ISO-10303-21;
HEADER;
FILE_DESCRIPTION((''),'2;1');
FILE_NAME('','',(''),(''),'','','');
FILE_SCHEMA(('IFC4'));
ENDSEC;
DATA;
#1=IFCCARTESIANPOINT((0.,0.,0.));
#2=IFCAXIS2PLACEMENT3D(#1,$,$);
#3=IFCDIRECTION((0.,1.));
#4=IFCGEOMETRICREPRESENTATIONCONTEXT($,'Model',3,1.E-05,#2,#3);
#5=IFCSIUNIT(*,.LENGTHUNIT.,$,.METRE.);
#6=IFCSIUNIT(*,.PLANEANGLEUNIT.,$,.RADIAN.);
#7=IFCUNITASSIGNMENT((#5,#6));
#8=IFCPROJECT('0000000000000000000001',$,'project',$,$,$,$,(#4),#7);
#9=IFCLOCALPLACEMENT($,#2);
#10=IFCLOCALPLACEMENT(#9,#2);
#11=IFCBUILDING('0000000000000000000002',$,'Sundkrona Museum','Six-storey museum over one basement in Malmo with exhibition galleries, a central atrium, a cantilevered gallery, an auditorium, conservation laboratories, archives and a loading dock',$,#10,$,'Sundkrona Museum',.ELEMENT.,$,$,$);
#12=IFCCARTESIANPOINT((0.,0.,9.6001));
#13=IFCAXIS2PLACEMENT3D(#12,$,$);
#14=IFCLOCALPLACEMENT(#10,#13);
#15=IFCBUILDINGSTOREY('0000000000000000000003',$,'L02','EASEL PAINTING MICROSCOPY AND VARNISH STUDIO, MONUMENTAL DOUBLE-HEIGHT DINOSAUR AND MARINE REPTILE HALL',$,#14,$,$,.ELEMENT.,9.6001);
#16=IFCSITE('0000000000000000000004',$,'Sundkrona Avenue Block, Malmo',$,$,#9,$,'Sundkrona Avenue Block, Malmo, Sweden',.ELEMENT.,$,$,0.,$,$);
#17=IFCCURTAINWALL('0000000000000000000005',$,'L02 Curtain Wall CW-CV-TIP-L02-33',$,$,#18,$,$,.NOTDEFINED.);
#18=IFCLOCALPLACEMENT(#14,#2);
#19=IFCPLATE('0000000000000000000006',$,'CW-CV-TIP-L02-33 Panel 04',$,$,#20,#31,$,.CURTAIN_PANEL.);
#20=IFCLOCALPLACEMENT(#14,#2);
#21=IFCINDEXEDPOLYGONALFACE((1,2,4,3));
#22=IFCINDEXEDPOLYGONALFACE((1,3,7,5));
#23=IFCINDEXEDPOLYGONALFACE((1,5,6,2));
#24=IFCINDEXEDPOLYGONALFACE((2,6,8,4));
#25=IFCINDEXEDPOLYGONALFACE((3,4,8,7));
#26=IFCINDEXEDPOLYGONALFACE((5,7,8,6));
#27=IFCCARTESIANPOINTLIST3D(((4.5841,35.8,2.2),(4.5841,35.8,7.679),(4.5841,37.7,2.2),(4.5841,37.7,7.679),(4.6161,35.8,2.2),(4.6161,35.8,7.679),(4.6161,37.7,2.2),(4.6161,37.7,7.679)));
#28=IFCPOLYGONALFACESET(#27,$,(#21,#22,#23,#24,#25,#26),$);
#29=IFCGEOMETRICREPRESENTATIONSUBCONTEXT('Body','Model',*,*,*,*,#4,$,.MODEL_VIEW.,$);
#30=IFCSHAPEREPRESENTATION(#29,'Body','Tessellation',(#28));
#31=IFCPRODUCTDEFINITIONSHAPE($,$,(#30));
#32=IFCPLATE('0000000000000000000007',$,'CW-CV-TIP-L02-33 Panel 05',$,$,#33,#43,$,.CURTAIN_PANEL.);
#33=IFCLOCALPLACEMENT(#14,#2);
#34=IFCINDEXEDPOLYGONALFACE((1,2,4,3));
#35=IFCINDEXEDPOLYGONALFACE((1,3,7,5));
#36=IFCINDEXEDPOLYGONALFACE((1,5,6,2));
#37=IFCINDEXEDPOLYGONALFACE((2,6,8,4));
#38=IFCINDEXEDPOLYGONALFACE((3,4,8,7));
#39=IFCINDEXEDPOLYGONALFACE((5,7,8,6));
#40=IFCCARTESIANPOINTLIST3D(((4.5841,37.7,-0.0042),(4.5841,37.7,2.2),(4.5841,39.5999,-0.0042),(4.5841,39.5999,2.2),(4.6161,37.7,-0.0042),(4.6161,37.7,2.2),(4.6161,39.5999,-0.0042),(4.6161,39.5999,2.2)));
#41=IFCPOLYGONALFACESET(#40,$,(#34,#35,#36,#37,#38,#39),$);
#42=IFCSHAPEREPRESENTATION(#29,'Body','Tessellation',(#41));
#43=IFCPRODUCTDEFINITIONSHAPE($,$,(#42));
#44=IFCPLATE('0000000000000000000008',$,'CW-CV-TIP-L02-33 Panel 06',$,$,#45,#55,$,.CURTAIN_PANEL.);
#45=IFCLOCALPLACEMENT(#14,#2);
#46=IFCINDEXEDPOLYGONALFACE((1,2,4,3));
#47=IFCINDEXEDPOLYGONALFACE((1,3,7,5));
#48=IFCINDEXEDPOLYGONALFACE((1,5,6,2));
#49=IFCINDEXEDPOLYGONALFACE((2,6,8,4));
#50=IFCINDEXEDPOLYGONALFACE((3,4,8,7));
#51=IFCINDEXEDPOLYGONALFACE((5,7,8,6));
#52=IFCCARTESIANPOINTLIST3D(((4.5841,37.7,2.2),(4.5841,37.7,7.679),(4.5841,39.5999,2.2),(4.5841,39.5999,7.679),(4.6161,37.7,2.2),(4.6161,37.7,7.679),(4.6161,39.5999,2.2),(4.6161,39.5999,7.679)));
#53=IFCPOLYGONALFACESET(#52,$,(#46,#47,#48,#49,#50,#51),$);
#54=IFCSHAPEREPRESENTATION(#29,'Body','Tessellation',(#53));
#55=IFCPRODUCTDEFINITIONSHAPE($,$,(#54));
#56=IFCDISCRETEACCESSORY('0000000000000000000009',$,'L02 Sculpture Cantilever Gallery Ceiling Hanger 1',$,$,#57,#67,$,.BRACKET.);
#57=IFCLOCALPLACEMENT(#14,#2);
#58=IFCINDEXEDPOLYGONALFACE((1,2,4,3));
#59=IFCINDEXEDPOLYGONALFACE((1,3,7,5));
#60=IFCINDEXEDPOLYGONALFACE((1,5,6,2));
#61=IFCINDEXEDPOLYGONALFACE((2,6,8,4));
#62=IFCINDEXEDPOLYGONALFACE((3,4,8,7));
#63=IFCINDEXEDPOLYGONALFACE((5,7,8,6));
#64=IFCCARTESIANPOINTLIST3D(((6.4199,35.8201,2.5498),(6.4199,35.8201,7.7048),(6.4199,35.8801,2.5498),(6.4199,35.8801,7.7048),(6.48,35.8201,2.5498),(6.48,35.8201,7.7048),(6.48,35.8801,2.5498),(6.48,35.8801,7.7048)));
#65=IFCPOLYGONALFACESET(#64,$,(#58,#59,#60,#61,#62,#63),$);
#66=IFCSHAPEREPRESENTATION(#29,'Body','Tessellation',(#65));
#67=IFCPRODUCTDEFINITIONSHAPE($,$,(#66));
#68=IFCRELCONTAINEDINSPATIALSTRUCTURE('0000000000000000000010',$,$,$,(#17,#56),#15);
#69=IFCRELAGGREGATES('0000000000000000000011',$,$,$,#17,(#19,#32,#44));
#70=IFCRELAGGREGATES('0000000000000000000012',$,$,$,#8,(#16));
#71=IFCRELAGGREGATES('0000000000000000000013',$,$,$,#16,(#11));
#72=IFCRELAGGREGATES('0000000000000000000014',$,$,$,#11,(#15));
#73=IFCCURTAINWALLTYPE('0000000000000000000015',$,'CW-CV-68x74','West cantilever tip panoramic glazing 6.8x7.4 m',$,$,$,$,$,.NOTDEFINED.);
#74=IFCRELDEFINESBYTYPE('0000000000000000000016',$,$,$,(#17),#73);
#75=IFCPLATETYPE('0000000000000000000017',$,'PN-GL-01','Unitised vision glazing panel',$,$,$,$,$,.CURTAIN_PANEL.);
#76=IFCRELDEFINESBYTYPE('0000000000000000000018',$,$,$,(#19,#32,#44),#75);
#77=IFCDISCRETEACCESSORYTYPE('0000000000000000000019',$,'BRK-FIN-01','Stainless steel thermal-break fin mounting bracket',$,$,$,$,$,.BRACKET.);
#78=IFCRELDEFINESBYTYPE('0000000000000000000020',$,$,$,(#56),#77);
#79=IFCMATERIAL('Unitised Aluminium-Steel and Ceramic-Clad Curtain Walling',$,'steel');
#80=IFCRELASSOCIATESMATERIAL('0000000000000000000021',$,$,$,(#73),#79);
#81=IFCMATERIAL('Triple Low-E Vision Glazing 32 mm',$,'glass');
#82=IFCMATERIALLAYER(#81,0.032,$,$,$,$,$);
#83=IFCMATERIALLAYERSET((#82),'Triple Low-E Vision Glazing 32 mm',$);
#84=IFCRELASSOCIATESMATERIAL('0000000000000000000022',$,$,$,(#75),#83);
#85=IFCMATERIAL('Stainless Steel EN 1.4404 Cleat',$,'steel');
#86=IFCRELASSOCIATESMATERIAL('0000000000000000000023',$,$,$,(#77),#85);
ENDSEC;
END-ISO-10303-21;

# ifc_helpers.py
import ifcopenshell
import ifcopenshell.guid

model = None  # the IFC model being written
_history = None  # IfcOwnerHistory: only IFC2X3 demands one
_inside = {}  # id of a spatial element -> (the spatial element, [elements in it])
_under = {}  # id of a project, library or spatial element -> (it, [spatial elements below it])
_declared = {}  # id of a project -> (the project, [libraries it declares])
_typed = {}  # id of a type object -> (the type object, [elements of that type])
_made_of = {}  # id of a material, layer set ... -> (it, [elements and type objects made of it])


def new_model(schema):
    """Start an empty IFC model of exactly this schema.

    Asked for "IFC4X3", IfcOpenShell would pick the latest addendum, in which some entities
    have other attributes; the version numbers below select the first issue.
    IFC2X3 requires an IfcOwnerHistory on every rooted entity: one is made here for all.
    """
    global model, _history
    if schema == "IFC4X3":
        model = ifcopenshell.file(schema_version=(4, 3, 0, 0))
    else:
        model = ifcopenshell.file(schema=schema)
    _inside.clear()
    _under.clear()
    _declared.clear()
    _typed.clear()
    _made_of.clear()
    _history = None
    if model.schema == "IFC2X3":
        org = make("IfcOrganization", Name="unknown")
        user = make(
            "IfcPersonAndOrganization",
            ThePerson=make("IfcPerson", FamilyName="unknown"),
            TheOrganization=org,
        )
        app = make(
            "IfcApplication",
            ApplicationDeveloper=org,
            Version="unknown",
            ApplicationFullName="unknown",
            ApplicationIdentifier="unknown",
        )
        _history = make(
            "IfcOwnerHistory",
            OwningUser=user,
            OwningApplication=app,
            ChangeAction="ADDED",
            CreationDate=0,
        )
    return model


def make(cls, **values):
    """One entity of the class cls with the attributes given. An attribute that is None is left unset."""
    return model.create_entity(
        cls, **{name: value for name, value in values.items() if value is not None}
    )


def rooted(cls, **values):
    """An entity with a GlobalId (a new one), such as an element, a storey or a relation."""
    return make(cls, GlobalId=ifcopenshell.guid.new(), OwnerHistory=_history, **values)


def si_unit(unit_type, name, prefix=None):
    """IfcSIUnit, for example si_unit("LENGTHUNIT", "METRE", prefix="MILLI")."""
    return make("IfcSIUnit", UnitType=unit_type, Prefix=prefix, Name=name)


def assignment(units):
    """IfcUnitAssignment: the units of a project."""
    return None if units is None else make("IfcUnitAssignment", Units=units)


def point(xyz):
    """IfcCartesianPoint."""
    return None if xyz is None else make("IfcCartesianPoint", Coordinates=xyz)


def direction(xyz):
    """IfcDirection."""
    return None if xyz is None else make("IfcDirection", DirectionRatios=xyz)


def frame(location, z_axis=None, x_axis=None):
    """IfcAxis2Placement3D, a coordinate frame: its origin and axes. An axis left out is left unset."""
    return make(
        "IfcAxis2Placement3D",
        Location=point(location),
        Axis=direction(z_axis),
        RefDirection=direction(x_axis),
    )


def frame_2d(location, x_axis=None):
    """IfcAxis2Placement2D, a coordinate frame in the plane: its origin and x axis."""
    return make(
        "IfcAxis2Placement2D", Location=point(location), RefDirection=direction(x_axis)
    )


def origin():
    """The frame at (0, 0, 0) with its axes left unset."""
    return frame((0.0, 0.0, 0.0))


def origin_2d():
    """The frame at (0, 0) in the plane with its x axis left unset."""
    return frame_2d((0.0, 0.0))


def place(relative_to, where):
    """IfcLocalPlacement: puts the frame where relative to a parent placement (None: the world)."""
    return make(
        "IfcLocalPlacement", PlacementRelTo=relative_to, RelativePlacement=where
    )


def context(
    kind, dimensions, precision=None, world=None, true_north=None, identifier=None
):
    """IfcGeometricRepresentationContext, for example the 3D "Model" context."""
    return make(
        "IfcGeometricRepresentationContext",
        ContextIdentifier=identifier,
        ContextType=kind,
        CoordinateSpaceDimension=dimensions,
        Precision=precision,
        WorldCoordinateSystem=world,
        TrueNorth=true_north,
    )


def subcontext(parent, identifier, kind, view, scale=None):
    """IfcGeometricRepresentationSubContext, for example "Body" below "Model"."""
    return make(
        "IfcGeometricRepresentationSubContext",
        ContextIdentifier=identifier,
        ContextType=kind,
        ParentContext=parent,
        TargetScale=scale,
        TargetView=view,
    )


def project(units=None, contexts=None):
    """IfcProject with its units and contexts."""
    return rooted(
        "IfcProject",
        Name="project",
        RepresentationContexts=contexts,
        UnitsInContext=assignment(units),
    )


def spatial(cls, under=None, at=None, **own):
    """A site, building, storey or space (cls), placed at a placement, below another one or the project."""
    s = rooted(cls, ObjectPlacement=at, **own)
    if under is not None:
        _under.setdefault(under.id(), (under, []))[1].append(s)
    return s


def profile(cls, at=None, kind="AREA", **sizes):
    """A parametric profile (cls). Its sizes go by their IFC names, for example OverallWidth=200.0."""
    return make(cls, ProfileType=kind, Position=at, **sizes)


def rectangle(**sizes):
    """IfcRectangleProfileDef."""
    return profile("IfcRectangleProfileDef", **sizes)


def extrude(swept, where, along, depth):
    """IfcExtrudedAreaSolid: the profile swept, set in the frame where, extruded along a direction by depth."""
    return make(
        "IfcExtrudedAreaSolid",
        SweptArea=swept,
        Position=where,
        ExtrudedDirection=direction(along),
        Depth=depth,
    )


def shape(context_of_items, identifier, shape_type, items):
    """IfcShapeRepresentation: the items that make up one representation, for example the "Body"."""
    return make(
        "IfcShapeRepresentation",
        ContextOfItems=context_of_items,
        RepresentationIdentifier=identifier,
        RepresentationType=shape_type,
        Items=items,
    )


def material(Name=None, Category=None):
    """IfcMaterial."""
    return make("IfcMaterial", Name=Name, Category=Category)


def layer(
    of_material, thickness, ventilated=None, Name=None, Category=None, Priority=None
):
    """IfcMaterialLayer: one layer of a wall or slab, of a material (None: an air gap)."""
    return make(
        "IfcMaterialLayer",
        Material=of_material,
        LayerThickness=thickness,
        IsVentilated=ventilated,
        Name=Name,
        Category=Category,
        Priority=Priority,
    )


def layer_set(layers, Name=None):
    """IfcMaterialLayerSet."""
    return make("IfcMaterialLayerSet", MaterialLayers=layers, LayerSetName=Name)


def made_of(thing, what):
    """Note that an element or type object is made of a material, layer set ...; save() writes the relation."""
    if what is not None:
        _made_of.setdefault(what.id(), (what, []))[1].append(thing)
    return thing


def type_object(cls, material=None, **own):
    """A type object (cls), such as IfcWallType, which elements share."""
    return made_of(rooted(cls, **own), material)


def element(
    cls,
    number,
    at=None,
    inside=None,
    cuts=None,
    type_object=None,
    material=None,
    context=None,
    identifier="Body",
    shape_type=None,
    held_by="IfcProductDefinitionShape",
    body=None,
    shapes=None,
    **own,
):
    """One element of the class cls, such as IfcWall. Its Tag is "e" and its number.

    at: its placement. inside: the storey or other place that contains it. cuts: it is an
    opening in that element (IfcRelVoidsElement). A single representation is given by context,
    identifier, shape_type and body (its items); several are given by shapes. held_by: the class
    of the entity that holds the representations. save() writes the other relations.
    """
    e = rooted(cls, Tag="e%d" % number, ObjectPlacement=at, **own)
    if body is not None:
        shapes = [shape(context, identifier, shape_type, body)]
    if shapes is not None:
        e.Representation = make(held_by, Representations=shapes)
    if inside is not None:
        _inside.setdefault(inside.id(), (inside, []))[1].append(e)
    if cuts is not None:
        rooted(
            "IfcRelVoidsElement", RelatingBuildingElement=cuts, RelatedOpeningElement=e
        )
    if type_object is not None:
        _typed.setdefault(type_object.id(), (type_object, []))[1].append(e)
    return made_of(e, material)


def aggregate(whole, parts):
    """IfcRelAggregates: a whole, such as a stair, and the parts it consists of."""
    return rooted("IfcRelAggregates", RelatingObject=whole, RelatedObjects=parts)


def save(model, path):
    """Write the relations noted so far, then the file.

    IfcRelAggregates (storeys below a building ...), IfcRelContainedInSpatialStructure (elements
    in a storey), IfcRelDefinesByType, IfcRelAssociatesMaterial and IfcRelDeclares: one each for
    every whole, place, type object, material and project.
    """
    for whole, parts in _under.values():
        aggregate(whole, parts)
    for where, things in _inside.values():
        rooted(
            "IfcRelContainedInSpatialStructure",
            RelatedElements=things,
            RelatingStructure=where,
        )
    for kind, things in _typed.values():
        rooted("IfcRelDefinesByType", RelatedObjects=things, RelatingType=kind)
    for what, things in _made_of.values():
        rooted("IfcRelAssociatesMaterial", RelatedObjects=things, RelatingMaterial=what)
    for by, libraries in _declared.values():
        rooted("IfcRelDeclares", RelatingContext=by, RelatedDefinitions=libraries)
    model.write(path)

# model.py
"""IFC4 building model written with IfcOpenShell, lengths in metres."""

from ifc_helpers import new_model, si_unit, direction, frame, origin, origin_2d, place, context, subcontext, project, spatial, rectangle, extrude, material, layer, layer_set, type_object, element, aggregate, save


model = new_model("IFC4")

# Units and contexts
model_context = context("Model", 3, precision=1e-05, world=origin(), true_north=direction((0.0, 1.0)))
body_context = subcontext(model_context, "Body", "Model", "MODEL_VIEW")
ifc_project = project(units=[si_unit("LENGTHUNIT", "METRE"), si_unit("PLANEANGLEUNIT", "RADIAN")], contexts=[model_context])

# Site, building, storey
site_placement = place(None, origin())
site = spatial("IfcSite", under=ifc_project, at=site_placement, Name="Sundkrona Avenue Block, Malmo", LongName="Sundkrona Avenue Block, Malmo, Sweden", CompositionType="ELEMENT", RefElevation=0.0)
building_placement = place(site_placement, origin())
building = spatial("IfcBuilding", under=site, at=building_placement, Name="Sundkrona Museum", Description="Six-storey museum over one basement in Malmo with exhibition galleries, a central atrium, a cantilevered gallery, an auditorium, conservation laboratories, archives and a loading dock", LongName="Sundkrona Museum", CompositionType="ELEMENT")
storey_placement = place(building_placement, frame((0.0, 0.0, 9.6001)))
storey = spatial("IfcBuildingStorey", under=building, at=storey_placement, Name="L02", Description="EASEL PAINTING MICROSCOPY AND VARNISH STUDIO, MONUMENTAL DOUBLE-HEIGHT DINOSAUR AND MARINE REPTILE HALL", CompositionType="ELEMENT", Elevation=9.6001)

# Shared definitions
ifc_material_1 = material(Name="Unitised Aluminium-Steel and Ceramic-Clad Curtain Walling", Category="steel")

# Curtain wall, plates
curtain_wall_type_1 = type_object("IfcCurtainWallType", Name="CW-CV-68x74", Description="West cantilever tip panoramic glazing 6.8x7.4 m", PredefinedType="NOTDEFINED", material=ifc_material_1)
curtain_wall_1_placement = place(storey_placement, origin())
curtain_wall_1 = element("IfcCurtainWall", 1, at=curtain_wall_1_placement, inside=storey, type_object=curtain_wall_type_1, Name="L02 Curtain Wall CW-CV-TIP-L02-33", PredefinedType="NOTDEFINED")
ifc_material_2 = material(Name="Triple Low-E Vision Glazing 32 mm", Category="glass")
ifc_layer = layer(ifc_material_2, 0.032)
ifc_layer_set = layer_set([ifc_layer], Name="Triple Low-E Vision Glazing 32 mm")
plate_type = type_object("IfcPlateType", Name="PN-GL-01", Description="Unitised vision glazing panel", PredefinedType="CURTAIN_PANEL", material=ifc_layer_set)
plate_1_placement = place(storey_placement, frame((4.6001, 36.75, 2.2), z_axis=(0.0, 0.0, 1.0), x_axis=(0.0, 1.0, 0.0)))
plate_1 = element("IfcPlate", 2, at=plate_1_placement, type_object=plate_type, Name="CW-CV-TIP-L02-33 Panel 04", PredefinedType="CURTAIN_PANEL", context=body_context, shape_type="SweptSolid", body=[
    extrude(rectangle(XDim=1.8999, YDim=0.032, at=origin_2d()), origin(), (0.0, 0.0, 1.0), 5.479),
])
plate_2_placement = place(storey_placement, frame((4.6001, 38.6499, -0.0042), z_axis=(0.0, 0.0, 1.0), x_axis=(0.0, 1.0, 0.0)))
plate_2 = element("IfcPlate", 3, at=plate_2_placement, type_object=plate_type, Name="CW-CV-TIP-L02-33 Panel 05", PredefinedType="CURTAIN_PANEL", context=body_context, shape_type="SweptSolid", body=[
    extrude(rectangle(XDim=1.8999, YDim=0.032, at=origin_2d()), origin(), (0.0, 0.0, 1.0), 2.2041),
])
plate_3_placement = place(storey_placement, frame((4.6001, 38.6499, 2.2), z_axis=(0.0, 0.0, 1.0), x_axis=(0.0, 1.0, 0.0)))
plate_3 = element("IfcPlate", 4, at=plate_3_placement, type_object=plate_type, Name="CW-CV-TIP-L02-33 Panel 06", PredefinedType="CURTAIN_PANEL", context=body_context, shape_type="SweptSolid", body=[
    extrude(rectangle(XDim=1.8999, YDim=0.032, at=origin_2d()), origin(), (0.0, 0.0, 1.0), 5.479),
])
aggregate(curtain_wall_1, [plate_1, plate_2, plate_3])

# Discrete accessory
ifc_material_3 = material(Name="Stainless Steel EN 1.4404 Cleat", Category="steel")
discrete_accessory_type = type_object("IfcDiscreteAccessoryType", Name="BRK-FIN-01", Description="Stainless steel thermal-break fin mounting bracket", PredefinedType="BRACKET", material=ifc_material_3)
discrete_accessory_placement = place(storey_placement, frame((6.45, 35.8501, 2.5498), z_axis=(0.0, 0.0, 1.0), x_axis=(1.0, 0.0, 0.0)))
element("IfcDiscreteAccessory", 5, at=discrete_accessory_placement, inside=storey, type_object=discrete_accessory_type, Name="L02 Sculpture Cantilever Gallery Ceiling Hanger 1", PredefinedType="BRACKET", context=body_context, shape_type="SweptSolid", body=[
    extrude(rectangle(XDim=0.0601, YDim=0.0601, at=origin_2d()), origin(), (0.0, 0.0, 1.0), 5.155),
])

save(model, "model.ifc")
